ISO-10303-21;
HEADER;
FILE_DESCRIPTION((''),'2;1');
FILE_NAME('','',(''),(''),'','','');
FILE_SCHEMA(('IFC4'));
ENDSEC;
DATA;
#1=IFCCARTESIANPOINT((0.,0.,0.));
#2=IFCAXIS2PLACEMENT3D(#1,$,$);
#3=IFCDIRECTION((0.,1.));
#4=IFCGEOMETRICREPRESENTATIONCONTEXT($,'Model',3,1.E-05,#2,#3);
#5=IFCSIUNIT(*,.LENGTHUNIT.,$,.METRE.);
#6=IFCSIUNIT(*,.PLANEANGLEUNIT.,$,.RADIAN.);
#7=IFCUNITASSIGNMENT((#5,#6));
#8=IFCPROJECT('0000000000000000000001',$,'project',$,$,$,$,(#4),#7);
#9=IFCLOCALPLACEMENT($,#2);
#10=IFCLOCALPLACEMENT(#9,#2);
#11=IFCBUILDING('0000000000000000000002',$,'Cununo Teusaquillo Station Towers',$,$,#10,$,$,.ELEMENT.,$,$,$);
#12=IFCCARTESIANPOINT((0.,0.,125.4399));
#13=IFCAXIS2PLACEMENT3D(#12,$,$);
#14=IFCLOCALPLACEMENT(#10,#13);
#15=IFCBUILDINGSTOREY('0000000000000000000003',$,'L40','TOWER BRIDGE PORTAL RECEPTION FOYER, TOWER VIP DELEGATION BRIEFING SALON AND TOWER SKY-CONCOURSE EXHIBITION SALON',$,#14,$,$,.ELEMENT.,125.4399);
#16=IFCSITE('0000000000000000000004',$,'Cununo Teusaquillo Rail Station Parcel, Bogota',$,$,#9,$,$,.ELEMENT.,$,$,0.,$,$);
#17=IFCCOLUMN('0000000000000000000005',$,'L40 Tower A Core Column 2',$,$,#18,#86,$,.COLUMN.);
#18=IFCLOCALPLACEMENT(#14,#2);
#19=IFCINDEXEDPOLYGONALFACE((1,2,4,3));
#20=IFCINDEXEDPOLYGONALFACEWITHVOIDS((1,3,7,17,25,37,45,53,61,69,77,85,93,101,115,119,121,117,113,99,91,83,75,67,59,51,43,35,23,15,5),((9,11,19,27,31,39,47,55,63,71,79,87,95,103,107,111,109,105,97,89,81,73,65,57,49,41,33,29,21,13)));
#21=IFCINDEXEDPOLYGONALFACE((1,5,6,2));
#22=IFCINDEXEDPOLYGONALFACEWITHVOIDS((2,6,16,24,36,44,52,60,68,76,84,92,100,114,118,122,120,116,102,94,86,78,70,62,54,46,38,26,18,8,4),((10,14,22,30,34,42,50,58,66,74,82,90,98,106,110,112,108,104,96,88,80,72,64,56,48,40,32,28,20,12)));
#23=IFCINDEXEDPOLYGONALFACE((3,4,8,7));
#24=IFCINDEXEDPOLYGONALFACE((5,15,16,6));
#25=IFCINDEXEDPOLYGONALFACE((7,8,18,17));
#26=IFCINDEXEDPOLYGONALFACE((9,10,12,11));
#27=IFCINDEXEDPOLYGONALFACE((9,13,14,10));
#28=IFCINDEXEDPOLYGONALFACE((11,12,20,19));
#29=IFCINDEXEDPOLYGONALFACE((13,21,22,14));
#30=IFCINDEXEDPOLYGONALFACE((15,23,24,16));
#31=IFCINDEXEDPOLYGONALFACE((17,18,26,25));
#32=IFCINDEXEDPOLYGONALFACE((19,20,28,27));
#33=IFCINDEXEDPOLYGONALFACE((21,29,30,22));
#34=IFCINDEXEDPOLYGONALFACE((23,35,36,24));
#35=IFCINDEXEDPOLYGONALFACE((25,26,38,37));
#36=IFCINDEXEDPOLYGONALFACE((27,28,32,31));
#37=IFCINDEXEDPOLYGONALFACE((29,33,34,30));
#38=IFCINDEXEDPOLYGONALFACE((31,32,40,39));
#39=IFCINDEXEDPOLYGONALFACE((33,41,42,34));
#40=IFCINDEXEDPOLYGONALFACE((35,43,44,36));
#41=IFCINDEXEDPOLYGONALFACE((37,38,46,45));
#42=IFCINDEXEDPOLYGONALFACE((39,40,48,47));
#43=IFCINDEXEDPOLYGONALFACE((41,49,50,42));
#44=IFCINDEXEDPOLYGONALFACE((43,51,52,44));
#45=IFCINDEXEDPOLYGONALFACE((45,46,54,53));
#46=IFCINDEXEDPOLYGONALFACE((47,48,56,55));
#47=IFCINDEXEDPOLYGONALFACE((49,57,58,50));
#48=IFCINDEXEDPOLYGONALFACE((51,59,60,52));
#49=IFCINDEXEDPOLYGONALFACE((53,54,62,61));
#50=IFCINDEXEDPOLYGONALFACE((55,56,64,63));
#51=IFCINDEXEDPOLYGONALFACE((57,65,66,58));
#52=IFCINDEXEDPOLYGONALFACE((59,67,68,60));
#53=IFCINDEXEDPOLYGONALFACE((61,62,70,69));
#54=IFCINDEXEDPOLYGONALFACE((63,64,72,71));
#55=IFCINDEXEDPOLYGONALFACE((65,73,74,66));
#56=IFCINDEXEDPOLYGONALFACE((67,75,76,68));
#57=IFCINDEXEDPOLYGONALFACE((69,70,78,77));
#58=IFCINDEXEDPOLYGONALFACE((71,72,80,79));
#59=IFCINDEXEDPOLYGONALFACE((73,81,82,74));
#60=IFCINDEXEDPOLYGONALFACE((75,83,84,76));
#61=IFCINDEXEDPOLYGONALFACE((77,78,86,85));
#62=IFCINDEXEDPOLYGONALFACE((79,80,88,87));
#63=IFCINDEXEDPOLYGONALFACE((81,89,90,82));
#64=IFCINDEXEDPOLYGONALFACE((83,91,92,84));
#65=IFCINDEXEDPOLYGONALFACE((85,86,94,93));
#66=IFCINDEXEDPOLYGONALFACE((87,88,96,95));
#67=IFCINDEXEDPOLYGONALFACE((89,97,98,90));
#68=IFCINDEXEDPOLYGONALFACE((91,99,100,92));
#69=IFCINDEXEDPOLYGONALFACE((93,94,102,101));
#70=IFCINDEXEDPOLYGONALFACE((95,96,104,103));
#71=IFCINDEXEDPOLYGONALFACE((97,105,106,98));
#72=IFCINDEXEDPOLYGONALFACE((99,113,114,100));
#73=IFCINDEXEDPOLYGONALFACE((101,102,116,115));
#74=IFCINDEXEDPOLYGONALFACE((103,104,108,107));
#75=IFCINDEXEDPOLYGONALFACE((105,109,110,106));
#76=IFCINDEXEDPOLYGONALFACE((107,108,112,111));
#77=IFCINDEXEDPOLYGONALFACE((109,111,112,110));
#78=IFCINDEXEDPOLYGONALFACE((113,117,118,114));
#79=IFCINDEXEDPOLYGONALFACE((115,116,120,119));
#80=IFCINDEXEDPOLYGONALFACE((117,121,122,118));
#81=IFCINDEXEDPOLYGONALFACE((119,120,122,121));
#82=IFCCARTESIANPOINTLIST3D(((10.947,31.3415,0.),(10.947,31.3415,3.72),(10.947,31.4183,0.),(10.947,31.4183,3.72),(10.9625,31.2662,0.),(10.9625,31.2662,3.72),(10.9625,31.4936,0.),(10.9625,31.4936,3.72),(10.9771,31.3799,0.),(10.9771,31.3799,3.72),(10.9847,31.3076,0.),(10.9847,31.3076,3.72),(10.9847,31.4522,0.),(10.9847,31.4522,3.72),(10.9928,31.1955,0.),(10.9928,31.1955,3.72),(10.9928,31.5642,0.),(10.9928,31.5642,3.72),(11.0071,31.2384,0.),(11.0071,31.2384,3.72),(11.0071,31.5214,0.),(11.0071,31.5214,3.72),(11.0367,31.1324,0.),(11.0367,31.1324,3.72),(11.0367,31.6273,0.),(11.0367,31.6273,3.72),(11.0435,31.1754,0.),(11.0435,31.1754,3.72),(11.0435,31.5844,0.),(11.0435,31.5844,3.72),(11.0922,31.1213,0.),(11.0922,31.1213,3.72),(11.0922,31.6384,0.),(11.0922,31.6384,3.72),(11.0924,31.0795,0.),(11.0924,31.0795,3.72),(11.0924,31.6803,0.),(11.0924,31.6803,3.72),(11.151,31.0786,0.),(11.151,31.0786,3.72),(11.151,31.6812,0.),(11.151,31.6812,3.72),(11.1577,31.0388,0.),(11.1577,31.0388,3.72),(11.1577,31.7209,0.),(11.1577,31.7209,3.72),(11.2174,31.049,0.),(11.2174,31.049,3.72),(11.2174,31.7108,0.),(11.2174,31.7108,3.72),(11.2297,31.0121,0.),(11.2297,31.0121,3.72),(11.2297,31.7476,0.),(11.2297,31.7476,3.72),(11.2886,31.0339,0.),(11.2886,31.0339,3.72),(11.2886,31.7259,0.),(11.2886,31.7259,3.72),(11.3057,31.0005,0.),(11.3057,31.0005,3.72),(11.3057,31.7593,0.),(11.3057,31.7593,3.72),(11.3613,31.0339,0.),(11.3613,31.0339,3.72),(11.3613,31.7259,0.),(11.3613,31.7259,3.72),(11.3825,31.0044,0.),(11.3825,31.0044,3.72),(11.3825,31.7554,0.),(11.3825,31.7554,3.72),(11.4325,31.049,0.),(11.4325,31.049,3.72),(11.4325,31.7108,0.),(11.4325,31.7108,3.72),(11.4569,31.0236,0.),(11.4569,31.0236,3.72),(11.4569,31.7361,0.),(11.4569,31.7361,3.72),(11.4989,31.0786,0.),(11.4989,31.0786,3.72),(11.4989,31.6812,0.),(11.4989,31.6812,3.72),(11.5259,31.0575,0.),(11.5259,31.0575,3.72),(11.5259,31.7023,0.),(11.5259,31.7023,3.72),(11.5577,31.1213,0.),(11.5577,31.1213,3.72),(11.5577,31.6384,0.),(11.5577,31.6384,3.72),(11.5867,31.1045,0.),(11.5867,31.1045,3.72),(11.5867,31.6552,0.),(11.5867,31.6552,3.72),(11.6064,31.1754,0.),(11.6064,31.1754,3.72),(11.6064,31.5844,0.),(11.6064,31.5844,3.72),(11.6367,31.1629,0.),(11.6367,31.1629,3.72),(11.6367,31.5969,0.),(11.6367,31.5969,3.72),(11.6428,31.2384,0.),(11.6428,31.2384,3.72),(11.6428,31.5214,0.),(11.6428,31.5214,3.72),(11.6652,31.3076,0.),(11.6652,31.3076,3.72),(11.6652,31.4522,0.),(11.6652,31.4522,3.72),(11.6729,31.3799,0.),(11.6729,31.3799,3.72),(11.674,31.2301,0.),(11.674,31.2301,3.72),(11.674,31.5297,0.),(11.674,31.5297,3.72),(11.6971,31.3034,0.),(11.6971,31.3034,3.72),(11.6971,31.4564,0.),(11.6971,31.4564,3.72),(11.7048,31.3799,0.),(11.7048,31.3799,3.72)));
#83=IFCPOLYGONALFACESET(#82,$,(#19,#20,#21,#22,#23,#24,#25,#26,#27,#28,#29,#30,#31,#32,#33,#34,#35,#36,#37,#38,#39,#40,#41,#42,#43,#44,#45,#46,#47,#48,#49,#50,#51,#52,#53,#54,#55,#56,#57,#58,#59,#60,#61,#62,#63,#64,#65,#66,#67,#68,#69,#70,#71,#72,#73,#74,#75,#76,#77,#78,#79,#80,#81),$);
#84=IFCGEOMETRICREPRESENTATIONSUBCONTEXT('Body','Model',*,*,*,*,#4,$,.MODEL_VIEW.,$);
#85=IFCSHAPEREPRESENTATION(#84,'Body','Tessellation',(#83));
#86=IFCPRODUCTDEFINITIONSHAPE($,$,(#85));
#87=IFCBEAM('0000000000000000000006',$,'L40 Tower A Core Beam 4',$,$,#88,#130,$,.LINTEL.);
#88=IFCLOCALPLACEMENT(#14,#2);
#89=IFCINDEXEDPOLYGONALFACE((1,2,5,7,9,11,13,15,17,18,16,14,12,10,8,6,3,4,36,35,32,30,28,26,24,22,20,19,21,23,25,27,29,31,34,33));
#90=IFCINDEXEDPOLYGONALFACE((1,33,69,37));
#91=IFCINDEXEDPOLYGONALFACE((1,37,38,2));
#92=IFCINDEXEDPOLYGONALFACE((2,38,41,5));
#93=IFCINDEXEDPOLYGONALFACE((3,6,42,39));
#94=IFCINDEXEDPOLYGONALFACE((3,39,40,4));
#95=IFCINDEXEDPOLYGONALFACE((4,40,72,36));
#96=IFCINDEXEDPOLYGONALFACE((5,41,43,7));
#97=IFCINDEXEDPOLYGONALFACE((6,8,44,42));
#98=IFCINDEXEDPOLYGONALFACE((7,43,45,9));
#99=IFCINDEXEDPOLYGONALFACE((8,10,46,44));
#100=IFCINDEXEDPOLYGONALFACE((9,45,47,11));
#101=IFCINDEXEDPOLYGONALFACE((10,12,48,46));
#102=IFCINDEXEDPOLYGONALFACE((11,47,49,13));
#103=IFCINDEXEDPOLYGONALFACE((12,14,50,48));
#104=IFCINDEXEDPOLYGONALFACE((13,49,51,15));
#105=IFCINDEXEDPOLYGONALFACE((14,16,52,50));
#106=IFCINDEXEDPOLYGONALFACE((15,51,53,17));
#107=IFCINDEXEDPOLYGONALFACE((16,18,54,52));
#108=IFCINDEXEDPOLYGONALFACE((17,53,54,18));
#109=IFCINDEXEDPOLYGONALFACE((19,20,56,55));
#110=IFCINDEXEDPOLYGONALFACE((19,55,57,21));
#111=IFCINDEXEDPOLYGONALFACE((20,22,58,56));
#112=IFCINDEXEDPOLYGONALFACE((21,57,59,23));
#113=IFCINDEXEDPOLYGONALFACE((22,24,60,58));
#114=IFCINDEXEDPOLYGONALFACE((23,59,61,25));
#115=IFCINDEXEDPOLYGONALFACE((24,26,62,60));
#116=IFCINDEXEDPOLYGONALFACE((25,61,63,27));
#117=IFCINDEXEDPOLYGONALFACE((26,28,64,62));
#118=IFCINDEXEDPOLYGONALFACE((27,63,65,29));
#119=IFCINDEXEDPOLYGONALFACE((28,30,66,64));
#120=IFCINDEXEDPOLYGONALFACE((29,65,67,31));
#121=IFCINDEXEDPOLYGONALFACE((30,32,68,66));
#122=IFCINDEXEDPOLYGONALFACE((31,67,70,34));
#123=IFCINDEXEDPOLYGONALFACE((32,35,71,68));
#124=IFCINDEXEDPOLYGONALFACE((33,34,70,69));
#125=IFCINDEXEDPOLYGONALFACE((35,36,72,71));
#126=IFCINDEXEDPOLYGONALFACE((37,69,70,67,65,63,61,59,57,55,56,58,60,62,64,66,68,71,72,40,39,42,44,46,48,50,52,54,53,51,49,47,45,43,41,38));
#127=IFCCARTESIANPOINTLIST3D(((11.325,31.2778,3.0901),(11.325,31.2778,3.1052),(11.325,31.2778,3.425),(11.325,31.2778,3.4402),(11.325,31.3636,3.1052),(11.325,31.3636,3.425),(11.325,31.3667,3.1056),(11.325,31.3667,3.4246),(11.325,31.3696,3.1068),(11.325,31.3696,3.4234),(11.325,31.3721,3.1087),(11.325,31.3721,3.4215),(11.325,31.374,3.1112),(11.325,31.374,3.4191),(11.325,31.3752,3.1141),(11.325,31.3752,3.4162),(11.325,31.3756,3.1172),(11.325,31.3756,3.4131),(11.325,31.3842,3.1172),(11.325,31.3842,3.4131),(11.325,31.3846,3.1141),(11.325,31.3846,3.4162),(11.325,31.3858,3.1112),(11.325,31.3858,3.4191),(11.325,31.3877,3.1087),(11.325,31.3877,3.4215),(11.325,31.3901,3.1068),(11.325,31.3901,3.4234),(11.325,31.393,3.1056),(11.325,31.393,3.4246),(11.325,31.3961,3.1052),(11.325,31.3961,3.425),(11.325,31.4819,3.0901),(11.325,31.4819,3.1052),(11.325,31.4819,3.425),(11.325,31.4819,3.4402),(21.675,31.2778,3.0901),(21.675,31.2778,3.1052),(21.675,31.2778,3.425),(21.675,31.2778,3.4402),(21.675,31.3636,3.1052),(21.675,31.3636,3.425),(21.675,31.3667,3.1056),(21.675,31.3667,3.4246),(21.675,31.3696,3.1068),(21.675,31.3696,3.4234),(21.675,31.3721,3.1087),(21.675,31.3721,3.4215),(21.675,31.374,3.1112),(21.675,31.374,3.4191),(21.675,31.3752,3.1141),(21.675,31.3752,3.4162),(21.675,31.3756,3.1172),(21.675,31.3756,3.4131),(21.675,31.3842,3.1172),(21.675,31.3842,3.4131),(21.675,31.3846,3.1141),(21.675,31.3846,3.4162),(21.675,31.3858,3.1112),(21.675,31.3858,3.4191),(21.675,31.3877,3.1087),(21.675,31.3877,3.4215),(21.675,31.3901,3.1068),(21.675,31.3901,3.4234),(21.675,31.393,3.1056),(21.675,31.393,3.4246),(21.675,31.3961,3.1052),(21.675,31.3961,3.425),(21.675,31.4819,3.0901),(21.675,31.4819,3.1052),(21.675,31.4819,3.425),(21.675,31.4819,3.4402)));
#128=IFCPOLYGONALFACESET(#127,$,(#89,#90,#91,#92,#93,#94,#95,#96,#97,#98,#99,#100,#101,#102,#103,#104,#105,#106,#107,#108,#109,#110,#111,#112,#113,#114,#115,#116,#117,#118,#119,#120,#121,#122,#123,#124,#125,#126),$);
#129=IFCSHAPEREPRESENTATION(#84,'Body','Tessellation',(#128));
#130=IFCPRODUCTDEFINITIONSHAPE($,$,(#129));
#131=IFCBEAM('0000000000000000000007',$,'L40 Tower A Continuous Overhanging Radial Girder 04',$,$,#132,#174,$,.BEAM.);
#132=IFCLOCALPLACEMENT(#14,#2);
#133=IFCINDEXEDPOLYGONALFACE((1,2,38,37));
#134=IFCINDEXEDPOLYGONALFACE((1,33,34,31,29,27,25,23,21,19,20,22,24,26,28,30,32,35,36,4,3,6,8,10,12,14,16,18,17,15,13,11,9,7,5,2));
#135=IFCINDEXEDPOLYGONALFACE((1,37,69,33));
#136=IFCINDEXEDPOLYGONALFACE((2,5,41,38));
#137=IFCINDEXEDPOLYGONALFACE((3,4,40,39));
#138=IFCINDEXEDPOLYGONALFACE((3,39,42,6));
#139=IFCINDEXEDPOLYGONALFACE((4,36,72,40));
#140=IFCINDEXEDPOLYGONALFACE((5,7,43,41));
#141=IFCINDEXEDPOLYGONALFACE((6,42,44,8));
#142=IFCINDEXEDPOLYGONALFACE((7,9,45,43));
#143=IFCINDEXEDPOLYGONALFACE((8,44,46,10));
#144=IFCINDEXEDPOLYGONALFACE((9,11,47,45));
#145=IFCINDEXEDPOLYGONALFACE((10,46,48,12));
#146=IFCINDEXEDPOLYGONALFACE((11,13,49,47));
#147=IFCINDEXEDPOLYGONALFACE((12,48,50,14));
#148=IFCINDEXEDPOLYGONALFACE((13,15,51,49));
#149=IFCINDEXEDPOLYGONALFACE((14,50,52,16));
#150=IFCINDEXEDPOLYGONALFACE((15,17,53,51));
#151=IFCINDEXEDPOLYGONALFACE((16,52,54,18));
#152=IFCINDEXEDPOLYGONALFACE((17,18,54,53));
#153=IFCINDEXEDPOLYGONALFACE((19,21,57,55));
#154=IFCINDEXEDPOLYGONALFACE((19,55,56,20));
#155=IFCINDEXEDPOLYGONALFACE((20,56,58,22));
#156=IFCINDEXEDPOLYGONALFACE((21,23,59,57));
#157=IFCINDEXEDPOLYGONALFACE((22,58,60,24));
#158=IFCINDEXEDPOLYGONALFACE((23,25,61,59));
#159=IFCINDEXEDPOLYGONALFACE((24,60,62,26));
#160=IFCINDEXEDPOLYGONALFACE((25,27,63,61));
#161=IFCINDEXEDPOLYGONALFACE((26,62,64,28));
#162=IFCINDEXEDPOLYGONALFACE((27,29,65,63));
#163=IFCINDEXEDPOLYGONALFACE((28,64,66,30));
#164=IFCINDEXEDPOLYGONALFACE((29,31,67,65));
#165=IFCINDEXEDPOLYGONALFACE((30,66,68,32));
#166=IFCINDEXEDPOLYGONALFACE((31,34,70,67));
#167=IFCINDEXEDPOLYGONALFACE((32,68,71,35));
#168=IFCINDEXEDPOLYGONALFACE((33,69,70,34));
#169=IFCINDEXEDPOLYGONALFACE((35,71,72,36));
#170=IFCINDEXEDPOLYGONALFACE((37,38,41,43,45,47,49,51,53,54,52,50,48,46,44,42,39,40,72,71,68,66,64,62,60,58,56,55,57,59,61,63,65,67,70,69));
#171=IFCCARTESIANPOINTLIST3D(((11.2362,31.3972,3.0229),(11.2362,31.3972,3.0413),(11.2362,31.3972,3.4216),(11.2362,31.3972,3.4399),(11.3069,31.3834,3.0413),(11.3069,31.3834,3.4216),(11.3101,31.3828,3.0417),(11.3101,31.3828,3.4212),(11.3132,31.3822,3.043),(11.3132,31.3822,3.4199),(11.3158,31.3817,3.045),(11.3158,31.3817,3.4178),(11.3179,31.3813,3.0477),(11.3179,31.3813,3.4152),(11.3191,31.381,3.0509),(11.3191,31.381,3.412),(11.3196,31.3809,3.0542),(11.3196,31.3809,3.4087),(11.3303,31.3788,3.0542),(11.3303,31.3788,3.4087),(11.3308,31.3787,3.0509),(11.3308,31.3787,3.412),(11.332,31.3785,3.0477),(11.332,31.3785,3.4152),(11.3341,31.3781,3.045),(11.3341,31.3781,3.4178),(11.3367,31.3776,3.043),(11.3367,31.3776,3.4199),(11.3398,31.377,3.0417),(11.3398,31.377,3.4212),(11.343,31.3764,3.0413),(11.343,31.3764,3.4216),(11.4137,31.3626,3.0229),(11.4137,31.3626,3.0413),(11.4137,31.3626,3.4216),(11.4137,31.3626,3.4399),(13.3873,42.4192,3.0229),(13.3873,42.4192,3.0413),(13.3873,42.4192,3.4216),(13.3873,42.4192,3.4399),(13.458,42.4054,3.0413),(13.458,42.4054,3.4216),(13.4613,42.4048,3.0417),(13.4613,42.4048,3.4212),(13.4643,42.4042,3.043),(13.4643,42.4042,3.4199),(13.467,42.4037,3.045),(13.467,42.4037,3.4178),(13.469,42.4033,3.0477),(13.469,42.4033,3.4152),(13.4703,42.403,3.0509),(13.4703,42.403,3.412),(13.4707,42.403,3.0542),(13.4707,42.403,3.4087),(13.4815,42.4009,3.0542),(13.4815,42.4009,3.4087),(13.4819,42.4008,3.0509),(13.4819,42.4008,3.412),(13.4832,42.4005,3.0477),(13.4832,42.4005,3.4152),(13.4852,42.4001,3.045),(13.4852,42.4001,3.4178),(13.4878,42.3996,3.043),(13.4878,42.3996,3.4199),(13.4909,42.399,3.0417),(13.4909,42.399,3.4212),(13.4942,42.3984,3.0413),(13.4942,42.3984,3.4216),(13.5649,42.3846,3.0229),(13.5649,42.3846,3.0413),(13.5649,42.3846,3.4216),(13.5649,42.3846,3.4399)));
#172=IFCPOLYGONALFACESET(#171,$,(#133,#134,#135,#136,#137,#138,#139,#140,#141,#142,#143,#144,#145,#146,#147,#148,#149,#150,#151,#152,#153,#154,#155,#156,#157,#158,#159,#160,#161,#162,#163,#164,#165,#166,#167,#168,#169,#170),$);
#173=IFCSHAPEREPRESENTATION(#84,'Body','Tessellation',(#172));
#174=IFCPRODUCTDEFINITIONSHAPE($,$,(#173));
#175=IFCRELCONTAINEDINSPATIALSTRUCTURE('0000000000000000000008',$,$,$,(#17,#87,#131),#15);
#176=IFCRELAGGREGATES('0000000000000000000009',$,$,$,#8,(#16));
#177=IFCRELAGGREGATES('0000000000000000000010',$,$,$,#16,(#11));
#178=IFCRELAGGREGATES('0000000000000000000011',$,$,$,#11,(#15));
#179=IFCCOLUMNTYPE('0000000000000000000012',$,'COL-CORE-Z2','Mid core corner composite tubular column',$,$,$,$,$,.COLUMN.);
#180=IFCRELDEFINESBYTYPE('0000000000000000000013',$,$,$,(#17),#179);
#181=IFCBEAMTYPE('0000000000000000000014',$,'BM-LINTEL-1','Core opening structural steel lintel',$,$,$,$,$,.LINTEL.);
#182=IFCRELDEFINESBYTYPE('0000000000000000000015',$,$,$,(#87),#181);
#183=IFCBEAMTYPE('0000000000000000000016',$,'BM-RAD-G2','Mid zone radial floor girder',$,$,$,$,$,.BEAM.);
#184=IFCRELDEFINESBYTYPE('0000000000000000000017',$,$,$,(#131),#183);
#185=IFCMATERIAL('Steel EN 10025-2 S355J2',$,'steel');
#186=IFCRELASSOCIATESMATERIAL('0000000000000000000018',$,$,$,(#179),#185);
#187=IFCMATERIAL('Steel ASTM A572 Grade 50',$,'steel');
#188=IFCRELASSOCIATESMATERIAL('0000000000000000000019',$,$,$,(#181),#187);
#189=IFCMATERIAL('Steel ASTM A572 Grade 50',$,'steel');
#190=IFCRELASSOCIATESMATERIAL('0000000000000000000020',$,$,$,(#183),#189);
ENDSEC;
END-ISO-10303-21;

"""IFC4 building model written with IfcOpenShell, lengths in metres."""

from ifc_helpers import new_model, si_unit, direction, frame, origin, origin_2d, place, context, subcontext, project, spatial, hollow_circle, i_section, extrude, material, material_profile, profile_set, type_object, element, save


model = new_model("IFC4")

# Units and contexts
model_context = context("Model", 3, precision=1e-05, world=origin(), true_north=direction((0.0, 1.0)))
body_context = subcontext(model_context, "Body", "Model", "MODEL_VIEW")
ifc_project = project(units=[si_unit("LENGTHUNIT", "METRE"), si_unit("PLANEANGLEUNIT", "RADIAN")], contexts=[model_context])

# Site, building, storey
site_placement = place(None, origin())
site = spatial("IfcSite", under=ifc_project, at=site_placement, Name="Cununo Teusaquillo Rail Station Parcel, Bogota", CompositionType="ELEMENT", RefElevation=0.0)
building_placement = place(site_placement, origin())
building = spatial("IfcBuilding", under=site, at=building_placement, Name="Cununo Teusaquillo Station Towers", CompositionType="ELEMENT")
storey_placement = place(building_placement, frame((0.0, 0.0, 125.4399)))
storey = spatial("IfcBuildingStorey", under=building, at=storey_placement, Name="L40", Description="TOWER BRIDGE PORTAL RECEPTION FOYER, TOWER VIP DELEGATION BRIEFING SALON AND TOWER SKY-CONCOURSE EXHIBITION SALON", CompositionType="ELEMENT", Elevation=125.4399)

# Column
ifc_material_1 = material(Name="Steel EN 10025-2 S355J2", Category="steel")
ifc_material_profile_1 = material_profile(ifc_material_1, hollow_circle(Radius=0.3799, WallThickness=0.032, at=origin_2d()), Name="CHS 760x32")
ifc_profile_set_1 = profile_set([ifc_material_profile_1], Name="Steel EN 10025-2 S355J2")
column_type = type_object("IfcColumnType", Name="COL-CORE-Z2", Description="Mid core corner composite tubular column", PredefinedType="COLUMN", material=ifc_profile_set_1)
column_placement = place(storey_placement, frame((11.325, 31.3799, 0.0), z_axis=(0.0, 0.0, 1.0), x_axis=(1.0, 0.0, 0.0)))
element("IfcColumn", 1, at=column_placement, inside=storey, type_object=column_type, Name="L40 Tower A Core Column 2", PredefinedType="COLUMN", context=body_context, shape_type="SweptSolid", body=[
    extrude(hollow_circle(Radius=0.3799, WallThickness=0.032, at=origin_2d()), origin(), (0.0, 0.0, 1.0), 3.72),
])

# Beams
ifc_material_2 = material(Name="Steel ASTM A572 Grade 50", Category="steel")
ifc_material_profile_2 = material_profile(ifc_material_2, i_section(OverallWidth=0.2041, OverallDepth=0.3501, WebThickness=0.0085, FlangeThickness=0.0151, FilletRadius=0.012, at=origin_2d()), Name="W14X48")
ifc_profile_set_2 = profile_set([ifc_material_profile_2], Name="Steel ASTM A572 Grade 50")
beam_type_1 = type_object("IfcBeamType", Name="BM-LINTEL-1", Description="Core opening structural steel lintel", PredefinedType="LINTEL", material=ifc_profile_set_2)
beam_1_placement = place(storey_placement, frame((11.325, 31.3799, 3.2651), z_axis=(1.0, 0.0, 0.0), x_axis=(0.0, 1.0, 0.0)))
element("IfcBeam", 2, at=beam_1_placement, inside=storey, type_object=beam_type_1, Name="L40 Tower A Core Beam 4", PredefinedType="LINTEL", context=body_context, shape_type="SweptSolid", body=[
    extrude(i_section(OverallWidth=0.2041, OverallDepth=0.3501, WebThickness=0.0085, FlangeThickness=0.0151, FilletRadius=0.012, at=origin_2d()), origin(), (0.0, 0.0, 1.0), 10.3501),
])
ifc_material_3 = material(Name="Steel ASTM A572 Grade 50", Category="steel")
ifc_material_profile_3 = material_profile(ifc_material_3, i_section(OverallWidth=0.1809, OverallDepth=0.417, WebThickness=0.011, FlangeThickness=0.0183, FilletRadius=0.0129, at=origin_2d()), Name="W16X57")
ifc_profile_set_3 = profile_set([ifc_material_profile_3], Name="Steel ASTM A572 Grade 50")
beam_type_2 = type_object("IfcBeamType", Name="BM-RAD-G2", Description="Mid zone radial floor girder", PredefinedType="BEAM", material=ifc_profile_set_3)
beam_2_placement = place(storey_placement, frame((11.325, 31.3799, 3.2314), z_axis=(0.191553, 0.981482, 0.0), x_axis=(-0.981482, 0.191553, 0.0)))
element("IfcBeam", 3, at=beam_2_placement, inside=storey, type_object=beam_type_2, Name="L40 Tower A Continuous Overhanging Radial Girder 04", PredefinedType="BEAM", context=body_context, shape_type="SweptSolid", body=[
    extrude(i_section(OverallWidth=0.1809, OverallDepth=0.417, WebThickness=0.011, FlangeThickness=0.0183, FilletRadius=0.0129, at=origin_2d()), origin(), (0.0, 0.0, 1.0), 11.23),
])

save(model, "model.ifc")
